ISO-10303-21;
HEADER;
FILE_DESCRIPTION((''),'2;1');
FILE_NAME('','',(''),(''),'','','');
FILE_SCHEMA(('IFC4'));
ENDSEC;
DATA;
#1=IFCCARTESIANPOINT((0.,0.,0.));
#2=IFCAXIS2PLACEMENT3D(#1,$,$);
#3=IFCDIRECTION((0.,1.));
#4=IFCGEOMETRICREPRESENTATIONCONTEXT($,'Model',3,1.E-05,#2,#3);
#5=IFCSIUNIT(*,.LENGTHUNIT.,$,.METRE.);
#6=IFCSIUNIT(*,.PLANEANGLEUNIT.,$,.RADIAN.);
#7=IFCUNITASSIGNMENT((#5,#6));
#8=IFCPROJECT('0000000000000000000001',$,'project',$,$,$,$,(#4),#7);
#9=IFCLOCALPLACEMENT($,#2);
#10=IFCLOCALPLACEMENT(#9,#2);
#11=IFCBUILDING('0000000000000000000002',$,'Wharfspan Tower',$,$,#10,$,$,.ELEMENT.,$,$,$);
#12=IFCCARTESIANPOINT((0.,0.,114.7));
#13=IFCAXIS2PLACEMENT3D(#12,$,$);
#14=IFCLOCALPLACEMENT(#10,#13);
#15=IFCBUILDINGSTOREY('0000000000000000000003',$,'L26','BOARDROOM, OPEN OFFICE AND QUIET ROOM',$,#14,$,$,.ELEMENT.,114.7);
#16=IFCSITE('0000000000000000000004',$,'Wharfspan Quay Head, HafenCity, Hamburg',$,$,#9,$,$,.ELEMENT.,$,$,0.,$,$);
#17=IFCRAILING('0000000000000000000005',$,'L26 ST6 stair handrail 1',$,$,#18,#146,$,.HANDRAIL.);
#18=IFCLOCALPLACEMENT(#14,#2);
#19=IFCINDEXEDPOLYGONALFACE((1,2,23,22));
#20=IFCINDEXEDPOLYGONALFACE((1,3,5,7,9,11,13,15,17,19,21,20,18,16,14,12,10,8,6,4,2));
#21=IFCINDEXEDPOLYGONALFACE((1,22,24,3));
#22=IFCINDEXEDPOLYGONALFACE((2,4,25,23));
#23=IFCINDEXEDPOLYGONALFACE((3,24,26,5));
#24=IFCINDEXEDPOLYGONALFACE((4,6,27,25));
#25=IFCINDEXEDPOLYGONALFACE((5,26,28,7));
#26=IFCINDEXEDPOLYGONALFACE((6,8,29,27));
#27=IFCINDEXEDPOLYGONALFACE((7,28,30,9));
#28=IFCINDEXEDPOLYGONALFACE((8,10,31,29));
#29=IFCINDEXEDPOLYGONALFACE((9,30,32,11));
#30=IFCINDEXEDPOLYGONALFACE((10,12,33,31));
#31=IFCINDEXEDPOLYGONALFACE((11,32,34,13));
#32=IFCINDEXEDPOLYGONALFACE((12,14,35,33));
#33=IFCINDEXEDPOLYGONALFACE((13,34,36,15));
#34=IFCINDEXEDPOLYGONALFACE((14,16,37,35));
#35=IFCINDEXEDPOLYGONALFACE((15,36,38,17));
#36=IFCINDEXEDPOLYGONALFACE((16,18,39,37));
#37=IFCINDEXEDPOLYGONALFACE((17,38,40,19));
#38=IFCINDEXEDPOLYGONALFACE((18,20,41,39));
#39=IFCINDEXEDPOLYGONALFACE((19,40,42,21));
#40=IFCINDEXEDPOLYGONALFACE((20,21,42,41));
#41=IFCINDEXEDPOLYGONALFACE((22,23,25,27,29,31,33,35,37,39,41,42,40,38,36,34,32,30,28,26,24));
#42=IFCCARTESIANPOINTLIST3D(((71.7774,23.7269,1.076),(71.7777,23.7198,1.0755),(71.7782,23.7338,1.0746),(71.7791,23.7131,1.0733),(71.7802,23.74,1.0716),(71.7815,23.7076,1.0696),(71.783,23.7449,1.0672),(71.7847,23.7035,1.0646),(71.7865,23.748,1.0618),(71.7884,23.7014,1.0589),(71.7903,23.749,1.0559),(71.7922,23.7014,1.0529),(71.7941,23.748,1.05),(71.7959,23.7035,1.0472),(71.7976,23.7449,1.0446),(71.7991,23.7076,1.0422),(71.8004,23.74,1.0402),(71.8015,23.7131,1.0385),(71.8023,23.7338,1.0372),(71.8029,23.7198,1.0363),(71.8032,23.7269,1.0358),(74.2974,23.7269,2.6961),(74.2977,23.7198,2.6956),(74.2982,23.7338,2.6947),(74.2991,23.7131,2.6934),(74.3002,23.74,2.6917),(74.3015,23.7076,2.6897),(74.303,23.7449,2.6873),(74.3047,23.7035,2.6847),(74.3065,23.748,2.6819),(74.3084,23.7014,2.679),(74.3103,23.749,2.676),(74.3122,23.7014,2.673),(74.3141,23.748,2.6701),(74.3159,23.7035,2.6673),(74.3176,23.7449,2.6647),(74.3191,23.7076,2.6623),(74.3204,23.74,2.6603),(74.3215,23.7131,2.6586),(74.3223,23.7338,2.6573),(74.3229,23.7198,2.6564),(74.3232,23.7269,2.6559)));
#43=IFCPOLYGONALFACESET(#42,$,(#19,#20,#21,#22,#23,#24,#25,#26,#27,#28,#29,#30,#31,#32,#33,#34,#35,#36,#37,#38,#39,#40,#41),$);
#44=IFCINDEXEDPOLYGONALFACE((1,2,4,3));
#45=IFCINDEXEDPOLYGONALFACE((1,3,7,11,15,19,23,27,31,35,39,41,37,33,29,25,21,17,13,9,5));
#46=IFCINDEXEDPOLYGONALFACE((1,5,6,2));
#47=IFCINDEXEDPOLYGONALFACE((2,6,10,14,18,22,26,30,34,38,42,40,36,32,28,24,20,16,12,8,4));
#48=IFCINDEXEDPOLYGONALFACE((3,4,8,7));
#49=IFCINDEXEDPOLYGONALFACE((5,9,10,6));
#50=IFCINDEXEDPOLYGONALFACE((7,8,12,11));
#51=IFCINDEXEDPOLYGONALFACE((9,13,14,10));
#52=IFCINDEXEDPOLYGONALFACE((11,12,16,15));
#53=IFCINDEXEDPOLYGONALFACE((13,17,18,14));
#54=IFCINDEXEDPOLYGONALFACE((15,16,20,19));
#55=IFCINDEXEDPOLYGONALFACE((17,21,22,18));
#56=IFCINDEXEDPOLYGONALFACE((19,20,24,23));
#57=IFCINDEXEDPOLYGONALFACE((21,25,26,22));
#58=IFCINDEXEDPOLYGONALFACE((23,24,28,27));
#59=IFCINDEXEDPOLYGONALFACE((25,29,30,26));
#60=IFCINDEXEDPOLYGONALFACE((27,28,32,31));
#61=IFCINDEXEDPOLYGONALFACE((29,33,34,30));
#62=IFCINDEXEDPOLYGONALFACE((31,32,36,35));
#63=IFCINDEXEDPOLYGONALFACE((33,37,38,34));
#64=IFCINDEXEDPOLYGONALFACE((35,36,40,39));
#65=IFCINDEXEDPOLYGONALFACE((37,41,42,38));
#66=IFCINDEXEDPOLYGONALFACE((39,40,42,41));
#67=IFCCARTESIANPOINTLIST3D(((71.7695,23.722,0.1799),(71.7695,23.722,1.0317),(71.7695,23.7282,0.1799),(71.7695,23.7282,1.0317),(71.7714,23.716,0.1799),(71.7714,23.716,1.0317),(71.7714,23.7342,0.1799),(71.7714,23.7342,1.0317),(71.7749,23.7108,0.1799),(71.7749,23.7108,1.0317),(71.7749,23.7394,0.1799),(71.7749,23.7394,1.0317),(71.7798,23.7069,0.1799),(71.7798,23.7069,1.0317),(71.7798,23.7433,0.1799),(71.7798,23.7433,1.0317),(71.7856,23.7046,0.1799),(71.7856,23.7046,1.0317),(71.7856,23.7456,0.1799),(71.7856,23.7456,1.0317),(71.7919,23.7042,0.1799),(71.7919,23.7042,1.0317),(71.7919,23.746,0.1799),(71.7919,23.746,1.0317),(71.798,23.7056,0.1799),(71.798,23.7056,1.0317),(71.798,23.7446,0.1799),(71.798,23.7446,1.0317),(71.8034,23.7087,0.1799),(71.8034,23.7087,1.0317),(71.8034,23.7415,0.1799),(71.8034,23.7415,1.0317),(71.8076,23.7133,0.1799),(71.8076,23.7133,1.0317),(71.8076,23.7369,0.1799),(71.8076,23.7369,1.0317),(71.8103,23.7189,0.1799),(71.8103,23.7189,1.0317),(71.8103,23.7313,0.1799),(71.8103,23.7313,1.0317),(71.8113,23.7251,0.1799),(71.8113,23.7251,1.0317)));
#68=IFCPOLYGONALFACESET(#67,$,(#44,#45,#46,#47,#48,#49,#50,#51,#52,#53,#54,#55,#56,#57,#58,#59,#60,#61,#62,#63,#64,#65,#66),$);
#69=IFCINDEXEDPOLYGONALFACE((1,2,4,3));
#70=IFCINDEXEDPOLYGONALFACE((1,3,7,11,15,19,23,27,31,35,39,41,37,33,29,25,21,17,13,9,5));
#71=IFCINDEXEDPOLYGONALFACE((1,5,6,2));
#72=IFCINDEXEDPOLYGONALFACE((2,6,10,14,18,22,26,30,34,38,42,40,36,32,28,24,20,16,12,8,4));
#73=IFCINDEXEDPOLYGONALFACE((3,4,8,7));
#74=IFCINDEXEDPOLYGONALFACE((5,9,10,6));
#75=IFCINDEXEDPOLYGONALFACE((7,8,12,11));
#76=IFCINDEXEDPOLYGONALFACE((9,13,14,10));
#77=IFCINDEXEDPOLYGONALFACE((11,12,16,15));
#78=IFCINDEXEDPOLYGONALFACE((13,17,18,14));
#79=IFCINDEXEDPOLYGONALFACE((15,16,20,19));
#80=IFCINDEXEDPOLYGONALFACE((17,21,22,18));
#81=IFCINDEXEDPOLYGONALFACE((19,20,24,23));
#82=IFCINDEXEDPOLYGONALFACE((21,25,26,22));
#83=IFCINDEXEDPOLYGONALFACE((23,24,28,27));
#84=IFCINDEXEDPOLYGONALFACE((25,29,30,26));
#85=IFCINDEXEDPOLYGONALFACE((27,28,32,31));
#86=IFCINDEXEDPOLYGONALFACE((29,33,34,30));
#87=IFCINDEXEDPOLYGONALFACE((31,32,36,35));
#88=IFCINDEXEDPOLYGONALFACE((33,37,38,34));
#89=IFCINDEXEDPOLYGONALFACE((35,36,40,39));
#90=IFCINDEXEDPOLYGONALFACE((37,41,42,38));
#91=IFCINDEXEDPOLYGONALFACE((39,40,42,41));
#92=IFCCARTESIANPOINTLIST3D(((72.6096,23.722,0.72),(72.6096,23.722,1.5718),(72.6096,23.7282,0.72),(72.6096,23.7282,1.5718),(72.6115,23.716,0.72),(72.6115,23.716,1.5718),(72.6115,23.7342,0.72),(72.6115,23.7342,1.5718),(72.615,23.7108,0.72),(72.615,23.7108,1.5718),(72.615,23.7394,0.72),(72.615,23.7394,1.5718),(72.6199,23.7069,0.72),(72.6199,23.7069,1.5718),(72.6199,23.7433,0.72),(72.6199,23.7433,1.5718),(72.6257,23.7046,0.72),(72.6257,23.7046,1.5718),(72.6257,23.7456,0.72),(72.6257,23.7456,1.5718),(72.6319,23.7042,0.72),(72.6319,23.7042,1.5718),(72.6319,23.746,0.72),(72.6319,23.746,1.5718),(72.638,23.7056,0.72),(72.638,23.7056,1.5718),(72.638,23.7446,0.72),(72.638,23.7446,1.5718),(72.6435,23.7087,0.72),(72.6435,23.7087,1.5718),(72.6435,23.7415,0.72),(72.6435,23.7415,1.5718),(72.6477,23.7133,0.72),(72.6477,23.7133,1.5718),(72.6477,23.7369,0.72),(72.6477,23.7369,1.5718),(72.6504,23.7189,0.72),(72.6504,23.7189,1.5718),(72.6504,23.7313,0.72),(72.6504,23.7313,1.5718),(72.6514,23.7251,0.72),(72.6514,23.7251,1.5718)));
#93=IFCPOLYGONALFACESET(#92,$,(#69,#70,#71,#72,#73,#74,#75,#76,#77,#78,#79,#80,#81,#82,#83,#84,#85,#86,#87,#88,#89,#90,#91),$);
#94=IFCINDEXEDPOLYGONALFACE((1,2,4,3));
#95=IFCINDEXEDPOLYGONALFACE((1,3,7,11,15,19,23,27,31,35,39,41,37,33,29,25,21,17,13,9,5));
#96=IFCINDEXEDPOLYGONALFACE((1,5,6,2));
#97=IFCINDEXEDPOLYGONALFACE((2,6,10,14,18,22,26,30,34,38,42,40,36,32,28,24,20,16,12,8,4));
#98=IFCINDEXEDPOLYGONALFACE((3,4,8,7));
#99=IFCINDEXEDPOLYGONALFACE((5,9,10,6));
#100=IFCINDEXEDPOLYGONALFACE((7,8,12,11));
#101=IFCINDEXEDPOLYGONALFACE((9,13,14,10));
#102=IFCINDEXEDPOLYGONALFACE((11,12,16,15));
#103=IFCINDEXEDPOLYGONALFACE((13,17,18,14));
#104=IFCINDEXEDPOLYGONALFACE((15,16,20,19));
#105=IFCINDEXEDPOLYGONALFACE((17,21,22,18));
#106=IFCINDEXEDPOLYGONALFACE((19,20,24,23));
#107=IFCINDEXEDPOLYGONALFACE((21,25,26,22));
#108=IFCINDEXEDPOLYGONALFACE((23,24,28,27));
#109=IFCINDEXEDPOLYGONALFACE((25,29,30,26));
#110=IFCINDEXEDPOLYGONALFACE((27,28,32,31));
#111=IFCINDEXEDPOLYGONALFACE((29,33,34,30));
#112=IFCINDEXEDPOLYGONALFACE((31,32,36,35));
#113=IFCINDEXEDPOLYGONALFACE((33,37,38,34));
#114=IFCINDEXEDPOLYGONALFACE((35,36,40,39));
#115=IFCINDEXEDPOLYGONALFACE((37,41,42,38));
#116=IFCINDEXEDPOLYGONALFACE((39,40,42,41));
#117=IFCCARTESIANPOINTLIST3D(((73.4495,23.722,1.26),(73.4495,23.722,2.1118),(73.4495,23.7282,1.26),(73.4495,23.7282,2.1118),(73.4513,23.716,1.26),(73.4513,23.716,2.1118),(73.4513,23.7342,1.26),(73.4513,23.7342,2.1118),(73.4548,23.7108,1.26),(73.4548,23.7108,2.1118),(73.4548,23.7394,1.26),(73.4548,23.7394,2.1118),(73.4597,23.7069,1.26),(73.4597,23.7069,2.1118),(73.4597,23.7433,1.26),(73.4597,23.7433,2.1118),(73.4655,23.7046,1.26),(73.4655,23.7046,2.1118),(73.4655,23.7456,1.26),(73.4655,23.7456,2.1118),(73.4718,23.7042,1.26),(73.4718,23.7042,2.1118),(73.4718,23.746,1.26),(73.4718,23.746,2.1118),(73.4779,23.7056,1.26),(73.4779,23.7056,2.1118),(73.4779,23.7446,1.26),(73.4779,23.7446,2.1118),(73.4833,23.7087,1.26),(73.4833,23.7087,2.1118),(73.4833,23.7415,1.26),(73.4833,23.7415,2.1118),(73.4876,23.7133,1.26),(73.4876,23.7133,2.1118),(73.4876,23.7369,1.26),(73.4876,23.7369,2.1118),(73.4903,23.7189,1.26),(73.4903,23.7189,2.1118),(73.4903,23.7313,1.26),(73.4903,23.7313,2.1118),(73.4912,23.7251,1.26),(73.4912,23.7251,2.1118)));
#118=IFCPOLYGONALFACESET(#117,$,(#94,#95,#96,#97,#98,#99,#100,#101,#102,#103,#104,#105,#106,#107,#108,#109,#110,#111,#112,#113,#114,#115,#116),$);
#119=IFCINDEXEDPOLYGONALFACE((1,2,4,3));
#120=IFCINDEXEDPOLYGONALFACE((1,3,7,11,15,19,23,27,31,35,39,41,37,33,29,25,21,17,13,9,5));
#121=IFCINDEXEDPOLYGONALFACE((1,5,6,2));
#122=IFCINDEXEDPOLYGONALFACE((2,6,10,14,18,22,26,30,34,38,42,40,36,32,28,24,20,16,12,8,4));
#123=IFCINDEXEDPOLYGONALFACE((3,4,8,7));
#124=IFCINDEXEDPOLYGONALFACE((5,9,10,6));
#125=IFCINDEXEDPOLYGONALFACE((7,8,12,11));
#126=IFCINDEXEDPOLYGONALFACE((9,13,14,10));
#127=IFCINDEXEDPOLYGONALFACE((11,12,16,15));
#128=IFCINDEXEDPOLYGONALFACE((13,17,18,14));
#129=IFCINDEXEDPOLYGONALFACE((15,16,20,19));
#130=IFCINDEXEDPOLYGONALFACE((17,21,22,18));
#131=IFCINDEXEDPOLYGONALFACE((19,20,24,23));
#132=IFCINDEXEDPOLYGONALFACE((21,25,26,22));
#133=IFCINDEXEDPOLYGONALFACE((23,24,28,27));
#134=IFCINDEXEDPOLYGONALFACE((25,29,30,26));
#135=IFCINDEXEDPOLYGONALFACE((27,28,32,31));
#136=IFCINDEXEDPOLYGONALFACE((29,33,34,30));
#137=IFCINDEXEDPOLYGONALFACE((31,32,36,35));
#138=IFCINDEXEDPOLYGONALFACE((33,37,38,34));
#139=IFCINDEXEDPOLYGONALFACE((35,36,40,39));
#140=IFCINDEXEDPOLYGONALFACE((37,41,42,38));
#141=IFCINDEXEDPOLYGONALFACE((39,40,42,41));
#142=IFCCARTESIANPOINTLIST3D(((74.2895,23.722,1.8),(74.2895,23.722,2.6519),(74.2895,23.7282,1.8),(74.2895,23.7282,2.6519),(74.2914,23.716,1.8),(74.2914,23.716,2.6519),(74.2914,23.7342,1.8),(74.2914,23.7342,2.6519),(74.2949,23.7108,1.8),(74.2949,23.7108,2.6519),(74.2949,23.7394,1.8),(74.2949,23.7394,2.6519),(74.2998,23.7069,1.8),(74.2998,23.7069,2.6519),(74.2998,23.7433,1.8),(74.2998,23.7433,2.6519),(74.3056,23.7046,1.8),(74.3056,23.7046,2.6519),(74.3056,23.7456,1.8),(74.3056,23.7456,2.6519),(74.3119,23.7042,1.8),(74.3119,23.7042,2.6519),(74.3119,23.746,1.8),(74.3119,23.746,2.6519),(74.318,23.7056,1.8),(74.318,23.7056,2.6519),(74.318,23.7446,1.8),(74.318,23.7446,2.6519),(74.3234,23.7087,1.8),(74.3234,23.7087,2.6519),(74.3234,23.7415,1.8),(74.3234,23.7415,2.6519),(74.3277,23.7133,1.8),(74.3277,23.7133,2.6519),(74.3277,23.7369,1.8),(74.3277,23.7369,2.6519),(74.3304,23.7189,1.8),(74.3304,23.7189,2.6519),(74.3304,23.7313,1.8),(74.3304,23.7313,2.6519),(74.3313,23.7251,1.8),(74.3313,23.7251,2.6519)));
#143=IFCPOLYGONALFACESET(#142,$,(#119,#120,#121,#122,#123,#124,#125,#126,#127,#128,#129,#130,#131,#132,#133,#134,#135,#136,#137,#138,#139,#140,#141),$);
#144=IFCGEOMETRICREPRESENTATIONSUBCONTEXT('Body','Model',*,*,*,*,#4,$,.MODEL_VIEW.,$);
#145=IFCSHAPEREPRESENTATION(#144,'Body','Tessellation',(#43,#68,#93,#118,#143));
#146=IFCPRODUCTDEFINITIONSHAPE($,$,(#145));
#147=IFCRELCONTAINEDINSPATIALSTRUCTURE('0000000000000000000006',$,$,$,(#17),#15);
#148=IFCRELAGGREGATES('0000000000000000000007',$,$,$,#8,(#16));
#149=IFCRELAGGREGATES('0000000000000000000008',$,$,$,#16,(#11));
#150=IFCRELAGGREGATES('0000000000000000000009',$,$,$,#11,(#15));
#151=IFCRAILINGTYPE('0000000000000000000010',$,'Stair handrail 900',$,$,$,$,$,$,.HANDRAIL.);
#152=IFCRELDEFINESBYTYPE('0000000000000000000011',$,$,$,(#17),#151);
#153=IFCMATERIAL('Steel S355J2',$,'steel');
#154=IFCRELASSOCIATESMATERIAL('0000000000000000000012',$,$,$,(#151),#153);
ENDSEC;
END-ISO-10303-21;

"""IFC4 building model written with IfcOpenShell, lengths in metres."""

from ifc_helpers import new_model, si_unit, direction, frame, origin, origin_2d, place, context, subcontext, project, spatial, circle, extrude, material, type_object, element, save


model = new_model("IFC4")

# Units and contexts
model_context = context("Model", 3, precision=1e-05, world=origin(), true_north=direction((0.0, 1.0)))
body_context = subcontext(model_context, "Body", "Model", "MODEL_VIEW")
ifc_project = project(units=[si_unit("LENGTHUNIT", "METRE"), si_unit("PLANEANGLEUNIT", "RADIAN")], contexts=[model_context])

# Site, building, storey
site_placement = place(None, origin())
site = spatial("IfcSite", under=ifc_project, at=site_placement, Name="Wharfspan Quay Head, HafenCity, Hamburg", CompositionType="ELEMENT", RefElevation=0.0)
building_placement = place(site_placement, origin())
building = spatial("IfcBuilding", under=site, at=building_placement, Name="Wharfspan Tower", CompositionType="ELEMENT")
storey_placement = place(building_placement, frame((0.0, 0.0, 114.7)))
storey = spatial("IfcBuildingStorey", under=building, at=storey_placement, Name="L26", Description="BOARDROOM, OPEN OFFICE AND QUIET ROOM", CompositionType="ELEMENT", Elevation=114.7)

# Shared definitions
ifc_material_1 = material(Name="Steel S355J2", Category="steel")

# Railing
railing_type_1 = type_object("IfcRailingType", Name="Stair handrail 900", PredefinedType="HANDRAIL", material=ifc_material_1)
railing_1_placement = place(storey_placement, frame((71.7903, 23.7251, 0.1799)))
element("IfcRailing", 1, at=railing_1_placement, inside=storey, type_object=railing_type_1, Name="L26 ST6 stair handrail 1", PredefinedType="HANDRAIL", context=body_context, shape_type="SweptSolid", body=[
    extrude(circle(Radius=0.0239, at=origin_2d()), frame((0.0, 0.0, 0.876), z_axis=(0.841163, 0.0, 0.540782), x_axis=(0.0, 1.0, 0.0)), (0.0, 0.0, 1.0), 2.9958),
    extrude(circle(Radius=0.021, at=origin_2d()), origin(), (0.0, 0.0, 1.0), 0.8518),
    extrude(circle(Radius=0.021, at=origin_2d()), frame((0.8401, 0.0, 0.54)), (0.0, 0.0, 1.0), 0.8518),
    extrude(circle(Radius=0.021, at=origin_2d()), frame((1.6799, 0.0, 1.0801)), (0.0, 0.0, 1.0), 0.8518),
    extrude(circle(Radius=0.021, at=origin_2d()), frame((2.52, 0.0, 1.6201)), (0.0, 0.0, 1.0), 0.8518),
])

save(model, "model.ifc")
